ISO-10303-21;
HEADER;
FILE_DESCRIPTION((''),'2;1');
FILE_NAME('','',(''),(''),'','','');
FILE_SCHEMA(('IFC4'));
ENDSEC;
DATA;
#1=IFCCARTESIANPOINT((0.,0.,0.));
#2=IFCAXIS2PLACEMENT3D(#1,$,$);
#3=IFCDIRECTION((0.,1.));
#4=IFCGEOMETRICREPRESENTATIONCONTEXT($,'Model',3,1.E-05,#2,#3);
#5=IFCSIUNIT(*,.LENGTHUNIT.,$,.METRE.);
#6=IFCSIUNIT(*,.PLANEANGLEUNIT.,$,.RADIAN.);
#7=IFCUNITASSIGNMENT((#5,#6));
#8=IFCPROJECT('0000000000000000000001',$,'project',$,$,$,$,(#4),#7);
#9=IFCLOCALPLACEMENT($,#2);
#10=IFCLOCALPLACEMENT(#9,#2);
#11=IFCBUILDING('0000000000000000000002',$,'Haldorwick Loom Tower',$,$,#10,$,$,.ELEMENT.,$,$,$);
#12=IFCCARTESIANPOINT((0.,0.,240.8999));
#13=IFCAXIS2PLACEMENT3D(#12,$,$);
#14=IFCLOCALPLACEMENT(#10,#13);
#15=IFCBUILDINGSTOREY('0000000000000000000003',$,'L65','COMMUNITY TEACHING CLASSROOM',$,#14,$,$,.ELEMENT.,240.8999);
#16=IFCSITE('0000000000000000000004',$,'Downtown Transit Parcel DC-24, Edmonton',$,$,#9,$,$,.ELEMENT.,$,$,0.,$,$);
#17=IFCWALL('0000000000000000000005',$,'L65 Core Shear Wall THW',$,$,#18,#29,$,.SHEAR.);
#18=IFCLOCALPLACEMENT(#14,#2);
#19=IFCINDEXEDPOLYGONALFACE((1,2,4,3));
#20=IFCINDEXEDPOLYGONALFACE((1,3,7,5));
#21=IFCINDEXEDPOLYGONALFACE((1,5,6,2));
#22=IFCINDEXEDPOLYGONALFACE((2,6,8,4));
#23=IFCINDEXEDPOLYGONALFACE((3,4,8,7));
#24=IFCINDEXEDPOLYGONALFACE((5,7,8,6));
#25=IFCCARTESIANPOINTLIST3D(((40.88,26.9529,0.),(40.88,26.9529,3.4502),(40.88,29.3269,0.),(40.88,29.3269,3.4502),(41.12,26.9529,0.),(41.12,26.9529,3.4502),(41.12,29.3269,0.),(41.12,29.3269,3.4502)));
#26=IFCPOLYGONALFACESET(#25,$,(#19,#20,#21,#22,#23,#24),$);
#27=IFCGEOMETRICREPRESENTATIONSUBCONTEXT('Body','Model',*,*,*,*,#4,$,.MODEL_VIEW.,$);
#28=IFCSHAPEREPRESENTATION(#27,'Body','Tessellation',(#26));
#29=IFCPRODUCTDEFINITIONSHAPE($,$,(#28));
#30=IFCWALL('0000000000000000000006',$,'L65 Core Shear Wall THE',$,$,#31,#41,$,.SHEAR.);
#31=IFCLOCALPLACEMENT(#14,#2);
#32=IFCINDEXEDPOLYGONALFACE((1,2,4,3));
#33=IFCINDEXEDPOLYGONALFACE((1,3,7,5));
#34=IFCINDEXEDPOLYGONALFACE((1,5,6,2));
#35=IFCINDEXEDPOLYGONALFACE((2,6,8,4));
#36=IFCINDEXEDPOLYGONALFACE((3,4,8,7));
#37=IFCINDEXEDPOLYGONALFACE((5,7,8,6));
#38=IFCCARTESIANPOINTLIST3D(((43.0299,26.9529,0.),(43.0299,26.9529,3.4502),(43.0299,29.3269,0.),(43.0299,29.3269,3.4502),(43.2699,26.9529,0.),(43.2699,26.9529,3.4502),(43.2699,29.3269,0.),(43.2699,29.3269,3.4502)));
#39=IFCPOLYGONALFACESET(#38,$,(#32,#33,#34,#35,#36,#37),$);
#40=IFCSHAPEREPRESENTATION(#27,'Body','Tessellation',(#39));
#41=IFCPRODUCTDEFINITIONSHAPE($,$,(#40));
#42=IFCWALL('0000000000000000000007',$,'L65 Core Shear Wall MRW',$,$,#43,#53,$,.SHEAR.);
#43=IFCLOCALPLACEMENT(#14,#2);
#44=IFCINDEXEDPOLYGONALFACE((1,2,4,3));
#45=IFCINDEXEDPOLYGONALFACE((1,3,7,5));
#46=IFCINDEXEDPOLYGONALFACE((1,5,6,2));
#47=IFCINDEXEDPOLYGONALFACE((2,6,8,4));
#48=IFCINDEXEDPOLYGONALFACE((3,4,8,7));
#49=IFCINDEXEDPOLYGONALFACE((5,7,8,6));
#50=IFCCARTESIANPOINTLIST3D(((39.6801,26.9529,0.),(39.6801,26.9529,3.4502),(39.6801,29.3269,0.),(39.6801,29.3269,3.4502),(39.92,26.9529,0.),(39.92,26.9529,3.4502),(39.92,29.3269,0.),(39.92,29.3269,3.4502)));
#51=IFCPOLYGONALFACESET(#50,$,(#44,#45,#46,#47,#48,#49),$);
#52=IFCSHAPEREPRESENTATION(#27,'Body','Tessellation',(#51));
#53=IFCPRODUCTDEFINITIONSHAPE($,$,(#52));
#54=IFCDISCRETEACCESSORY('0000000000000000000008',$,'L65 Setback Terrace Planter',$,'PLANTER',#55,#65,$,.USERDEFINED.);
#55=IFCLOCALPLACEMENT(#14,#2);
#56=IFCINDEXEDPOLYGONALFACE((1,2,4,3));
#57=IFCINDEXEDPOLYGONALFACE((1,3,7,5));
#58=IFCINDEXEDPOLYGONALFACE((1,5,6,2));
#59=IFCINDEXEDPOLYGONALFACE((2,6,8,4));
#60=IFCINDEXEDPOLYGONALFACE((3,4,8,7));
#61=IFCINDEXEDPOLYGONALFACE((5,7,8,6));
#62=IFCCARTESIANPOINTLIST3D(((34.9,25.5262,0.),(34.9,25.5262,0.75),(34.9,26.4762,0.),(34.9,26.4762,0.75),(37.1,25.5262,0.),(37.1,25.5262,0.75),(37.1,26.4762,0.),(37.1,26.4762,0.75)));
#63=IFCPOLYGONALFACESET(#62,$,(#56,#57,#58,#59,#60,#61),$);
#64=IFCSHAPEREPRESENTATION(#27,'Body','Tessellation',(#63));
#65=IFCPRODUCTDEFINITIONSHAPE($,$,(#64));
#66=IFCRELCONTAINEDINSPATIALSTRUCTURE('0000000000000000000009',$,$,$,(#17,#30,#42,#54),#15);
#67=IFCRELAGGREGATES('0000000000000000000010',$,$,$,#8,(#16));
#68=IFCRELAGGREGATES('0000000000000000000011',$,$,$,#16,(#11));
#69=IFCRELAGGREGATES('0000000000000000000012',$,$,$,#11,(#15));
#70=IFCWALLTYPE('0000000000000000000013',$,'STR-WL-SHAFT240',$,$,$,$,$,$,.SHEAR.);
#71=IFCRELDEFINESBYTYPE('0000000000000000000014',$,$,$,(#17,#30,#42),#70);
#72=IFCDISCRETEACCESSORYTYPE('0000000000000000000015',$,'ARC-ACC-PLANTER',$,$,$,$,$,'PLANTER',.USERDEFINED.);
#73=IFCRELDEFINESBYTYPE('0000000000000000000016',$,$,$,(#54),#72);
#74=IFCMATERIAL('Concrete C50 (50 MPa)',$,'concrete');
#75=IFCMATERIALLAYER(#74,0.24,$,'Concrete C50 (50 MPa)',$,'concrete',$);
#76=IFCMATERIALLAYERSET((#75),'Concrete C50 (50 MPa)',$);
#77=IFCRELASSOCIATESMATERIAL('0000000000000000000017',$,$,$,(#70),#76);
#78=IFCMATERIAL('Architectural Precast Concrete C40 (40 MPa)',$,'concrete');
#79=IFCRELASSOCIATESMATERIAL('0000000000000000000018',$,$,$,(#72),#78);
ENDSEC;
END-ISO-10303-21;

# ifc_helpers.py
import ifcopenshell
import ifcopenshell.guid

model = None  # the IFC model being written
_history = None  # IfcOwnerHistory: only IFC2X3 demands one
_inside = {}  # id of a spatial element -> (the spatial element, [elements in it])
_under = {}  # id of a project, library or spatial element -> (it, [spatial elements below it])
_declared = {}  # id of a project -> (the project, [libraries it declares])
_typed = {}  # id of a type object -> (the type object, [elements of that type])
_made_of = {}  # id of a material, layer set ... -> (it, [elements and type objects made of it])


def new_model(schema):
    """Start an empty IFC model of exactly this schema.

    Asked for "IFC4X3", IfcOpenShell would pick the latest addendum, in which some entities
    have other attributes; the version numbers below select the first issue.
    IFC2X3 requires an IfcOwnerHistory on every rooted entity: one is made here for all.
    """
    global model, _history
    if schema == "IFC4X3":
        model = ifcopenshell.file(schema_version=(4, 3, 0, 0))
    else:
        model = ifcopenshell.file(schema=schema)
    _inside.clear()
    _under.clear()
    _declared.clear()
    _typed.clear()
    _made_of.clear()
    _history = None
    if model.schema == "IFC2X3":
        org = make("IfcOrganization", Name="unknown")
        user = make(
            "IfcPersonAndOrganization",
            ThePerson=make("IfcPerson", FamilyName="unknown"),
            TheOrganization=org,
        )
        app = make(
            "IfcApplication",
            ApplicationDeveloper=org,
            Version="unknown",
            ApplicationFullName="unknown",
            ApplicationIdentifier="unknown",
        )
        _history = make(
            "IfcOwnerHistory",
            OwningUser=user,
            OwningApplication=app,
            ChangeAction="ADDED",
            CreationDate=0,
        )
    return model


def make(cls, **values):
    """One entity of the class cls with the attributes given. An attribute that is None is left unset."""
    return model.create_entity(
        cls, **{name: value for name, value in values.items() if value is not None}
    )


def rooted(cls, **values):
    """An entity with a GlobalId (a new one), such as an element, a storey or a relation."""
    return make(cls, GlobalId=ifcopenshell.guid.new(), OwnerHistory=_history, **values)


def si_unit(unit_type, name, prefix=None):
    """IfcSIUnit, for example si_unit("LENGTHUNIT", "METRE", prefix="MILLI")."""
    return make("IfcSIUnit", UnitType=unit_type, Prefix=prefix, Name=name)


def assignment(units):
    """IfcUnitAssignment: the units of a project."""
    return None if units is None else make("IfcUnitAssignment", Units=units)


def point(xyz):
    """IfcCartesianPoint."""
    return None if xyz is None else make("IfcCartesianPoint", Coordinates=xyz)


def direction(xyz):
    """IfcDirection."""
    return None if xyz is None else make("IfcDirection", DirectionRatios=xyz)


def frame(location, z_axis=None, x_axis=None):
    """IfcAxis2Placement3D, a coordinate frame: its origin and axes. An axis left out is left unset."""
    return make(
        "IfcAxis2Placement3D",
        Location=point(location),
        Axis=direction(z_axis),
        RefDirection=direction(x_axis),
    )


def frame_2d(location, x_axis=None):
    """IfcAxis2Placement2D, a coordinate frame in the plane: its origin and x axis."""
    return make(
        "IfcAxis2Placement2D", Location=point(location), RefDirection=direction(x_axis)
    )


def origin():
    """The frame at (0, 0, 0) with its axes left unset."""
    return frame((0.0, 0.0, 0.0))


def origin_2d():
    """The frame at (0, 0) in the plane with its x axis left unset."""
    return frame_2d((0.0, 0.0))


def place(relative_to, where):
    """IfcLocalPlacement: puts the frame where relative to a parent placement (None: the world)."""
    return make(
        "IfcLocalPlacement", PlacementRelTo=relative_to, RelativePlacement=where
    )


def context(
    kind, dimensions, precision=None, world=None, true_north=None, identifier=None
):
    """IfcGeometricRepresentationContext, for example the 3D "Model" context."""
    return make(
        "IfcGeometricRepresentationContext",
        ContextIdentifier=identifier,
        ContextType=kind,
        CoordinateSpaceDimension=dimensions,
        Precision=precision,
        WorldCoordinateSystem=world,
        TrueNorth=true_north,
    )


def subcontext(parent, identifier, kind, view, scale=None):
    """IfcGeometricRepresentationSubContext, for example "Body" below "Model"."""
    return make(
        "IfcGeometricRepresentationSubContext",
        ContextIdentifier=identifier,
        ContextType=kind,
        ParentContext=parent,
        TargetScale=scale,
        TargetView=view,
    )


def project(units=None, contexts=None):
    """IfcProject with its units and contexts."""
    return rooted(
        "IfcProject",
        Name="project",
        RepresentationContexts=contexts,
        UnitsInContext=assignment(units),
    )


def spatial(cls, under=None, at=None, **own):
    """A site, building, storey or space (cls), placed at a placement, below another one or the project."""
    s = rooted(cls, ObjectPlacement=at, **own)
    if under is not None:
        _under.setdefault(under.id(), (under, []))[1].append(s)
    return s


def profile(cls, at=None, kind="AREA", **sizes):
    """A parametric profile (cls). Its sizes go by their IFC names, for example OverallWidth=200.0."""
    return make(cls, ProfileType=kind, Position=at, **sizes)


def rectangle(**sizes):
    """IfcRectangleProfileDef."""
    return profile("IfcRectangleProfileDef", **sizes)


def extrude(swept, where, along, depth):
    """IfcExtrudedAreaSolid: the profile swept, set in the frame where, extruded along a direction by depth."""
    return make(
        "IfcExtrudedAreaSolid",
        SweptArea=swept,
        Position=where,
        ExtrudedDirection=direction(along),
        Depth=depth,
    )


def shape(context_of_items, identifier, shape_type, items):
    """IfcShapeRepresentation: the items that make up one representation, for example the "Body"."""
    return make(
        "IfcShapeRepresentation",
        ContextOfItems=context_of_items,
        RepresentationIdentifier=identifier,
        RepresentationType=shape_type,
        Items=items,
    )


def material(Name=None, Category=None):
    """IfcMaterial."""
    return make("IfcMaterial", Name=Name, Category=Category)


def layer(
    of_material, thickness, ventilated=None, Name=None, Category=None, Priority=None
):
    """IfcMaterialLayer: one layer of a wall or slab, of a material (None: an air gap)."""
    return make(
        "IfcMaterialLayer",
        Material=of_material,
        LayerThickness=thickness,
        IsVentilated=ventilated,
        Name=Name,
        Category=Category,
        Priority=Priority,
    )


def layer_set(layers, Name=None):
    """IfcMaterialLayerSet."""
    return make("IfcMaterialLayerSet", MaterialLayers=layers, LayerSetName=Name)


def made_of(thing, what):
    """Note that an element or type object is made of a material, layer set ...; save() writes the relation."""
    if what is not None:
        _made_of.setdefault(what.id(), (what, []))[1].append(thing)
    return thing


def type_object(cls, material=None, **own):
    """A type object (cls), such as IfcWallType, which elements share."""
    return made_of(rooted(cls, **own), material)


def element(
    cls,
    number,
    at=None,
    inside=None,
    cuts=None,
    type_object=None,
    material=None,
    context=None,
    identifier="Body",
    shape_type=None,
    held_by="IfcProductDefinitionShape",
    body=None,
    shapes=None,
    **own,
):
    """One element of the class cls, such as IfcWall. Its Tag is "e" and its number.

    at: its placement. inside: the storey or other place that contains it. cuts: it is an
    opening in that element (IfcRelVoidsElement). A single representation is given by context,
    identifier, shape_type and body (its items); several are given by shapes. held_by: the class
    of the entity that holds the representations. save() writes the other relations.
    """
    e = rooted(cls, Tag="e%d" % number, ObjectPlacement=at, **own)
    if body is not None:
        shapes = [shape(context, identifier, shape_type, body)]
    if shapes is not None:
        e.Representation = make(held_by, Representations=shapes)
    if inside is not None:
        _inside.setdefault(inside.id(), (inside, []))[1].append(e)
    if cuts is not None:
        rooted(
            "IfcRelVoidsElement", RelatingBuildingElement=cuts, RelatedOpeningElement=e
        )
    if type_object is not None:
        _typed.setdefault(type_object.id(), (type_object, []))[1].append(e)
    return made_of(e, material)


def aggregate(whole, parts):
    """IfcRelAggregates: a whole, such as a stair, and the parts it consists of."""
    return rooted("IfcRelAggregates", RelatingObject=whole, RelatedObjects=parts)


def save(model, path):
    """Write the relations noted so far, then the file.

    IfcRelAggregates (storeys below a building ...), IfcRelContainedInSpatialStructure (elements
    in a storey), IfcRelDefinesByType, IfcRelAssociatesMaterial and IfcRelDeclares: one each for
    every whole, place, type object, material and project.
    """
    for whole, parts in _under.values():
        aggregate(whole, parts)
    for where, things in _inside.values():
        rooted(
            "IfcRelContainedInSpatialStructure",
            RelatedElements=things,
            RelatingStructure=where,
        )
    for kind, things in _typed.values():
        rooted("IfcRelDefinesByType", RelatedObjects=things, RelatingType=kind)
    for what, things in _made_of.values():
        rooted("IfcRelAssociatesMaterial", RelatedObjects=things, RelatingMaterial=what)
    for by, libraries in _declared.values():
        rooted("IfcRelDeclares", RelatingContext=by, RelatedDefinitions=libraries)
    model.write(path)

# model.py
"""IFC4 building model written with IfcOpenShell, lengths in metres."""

from ifc_helpers import new_model, si_unit, direction, frame, frame_2d, origin, origin_2d, place, context, subcontext, project, spatial, rectangle, extrude, material, layer, layer_set, type_object, element, save


model = new_model("IFC4")

# Units and contexts
model_context = context("Model", 3, precision=1e-05, world=origin(), true_north=direction((0.0, 1.0)))
body_context = subcontext(model_context, "Body", "Model", "MODEL_VIEW")
ifc_project = project(units=[si_unit("LENGTHUNIT", "METRE"), si_unit("PLANEANGLEUNIT", "RADIAN")], contexts=[model_context])

# Site, building, storey
site_placement = place(None, origin())
site = spatial("IfcSite", under=ifc_project, at=site_placement, Name="Downtown Transit Parcel DC-24, Edmonton", CompositionType="ELEMENT", RefElevation=0.0)
building_placement = place(site_placement, origin())
building = spatial("IfcBuilding", under=site, at=building_placement, Name="Haldorwick Loom Tower", CompositionType="ELEMENT")
storey_placement = place(building_placement, frame((0.0, 0.0, 240.8999)))
storey = spatial("IfcBuildingStorey", under=building, at=storey_placement, Name="L65", Description="COMMUNITY TEACHING CLASSROOM", CompositionType="ELEMENT", Elevation=240.8999)

# Shared definitions
ifc_material_1 = material(Name="Concrete C50 (50 MPa)", Category="concrete")

# Walls
ifc_layer_1 = layer(ifc_material_1, 0.24, Name="Concrete C50 (50 MPa)", Category="concrete")
ifc_layer_set_1 = layer_set([ifc_layer_1], Name="Concrete C50 (50 MPa)")
wall_type_1 = type_object("IfcWallType", Name="STR-WL-SHAFT240", PredefinedType="SHEAR", material=ifc_layer_set_1)
for number, where, z_axis, x_axis, name in (
    (1, (41.0, 26.9529, 0.0), (0.0, 0.0, 1.0), (0.0, 1.0, 0.0), "L65 Core Shear Wall THW"),
    (2, (43.1499, 26.9529, 0.0), (0.0, 0.0, 1.0), (0.0, 1.0, 0.0), "L65 Core Shear Wall THE"),
    (3, (39.8, 26.9529, 0.0), (0.0, 0.0, 1.0), (0.0, 1.0, 0.0), "L65 Core Shear Wall MRW"),
):
    element("IfcWall", number, at=place(storey_placement, frame(where, z_axis=z_axis, x_axis=x_axis)), inside=storey, type_object=wall_type_1, Name=name, PredefinedType="SHEAR", context=body_context, shape_type="SweptSolid", body=[
        extrude(rectangle(XDim=2.374, YDim=0.24, at=frame_2d((1.187, 0.0))), origin(), (0.0, 0.0, 1.0), 3.4502),
    ])

# Discrete accessory
ifc_material_2 = material(Name="Architectural Precast Concrete C40 (40 MPa)", Category="concrete")
discrete_accessory_type = type_object("IfcDiscreteAccessoryType", Name="ARC-ACC-PLANTER", ElementType="PLANTER", PredefinedType="USERDEFINED", material=ifc_material_2)
discrete_accessory_placement = place(storey_placement, frame((36.0, 26.0012, 0.0), z_axis=(0.0, 0.0, 1.0), x_axis=(1.0, 0.0, 0.0)))
element("IfcDiscreteAccessory", 4, at=discrete_accessory_placement, inside=storey, type_object=discrete_accessory_type, Name="L65 Setback Terrace Planter", ObjectType="PLANTER", PredefinedType="USERDEFINED", context=body_context, shape_type="SweptSolid", body=[
    extrude(rectangle(XDim=2.2, YDim=0.95, at=origin_2d()), origin(), (0.0, 0.0, 1.0), 0.75),
])

save(model, "model.ifc")
